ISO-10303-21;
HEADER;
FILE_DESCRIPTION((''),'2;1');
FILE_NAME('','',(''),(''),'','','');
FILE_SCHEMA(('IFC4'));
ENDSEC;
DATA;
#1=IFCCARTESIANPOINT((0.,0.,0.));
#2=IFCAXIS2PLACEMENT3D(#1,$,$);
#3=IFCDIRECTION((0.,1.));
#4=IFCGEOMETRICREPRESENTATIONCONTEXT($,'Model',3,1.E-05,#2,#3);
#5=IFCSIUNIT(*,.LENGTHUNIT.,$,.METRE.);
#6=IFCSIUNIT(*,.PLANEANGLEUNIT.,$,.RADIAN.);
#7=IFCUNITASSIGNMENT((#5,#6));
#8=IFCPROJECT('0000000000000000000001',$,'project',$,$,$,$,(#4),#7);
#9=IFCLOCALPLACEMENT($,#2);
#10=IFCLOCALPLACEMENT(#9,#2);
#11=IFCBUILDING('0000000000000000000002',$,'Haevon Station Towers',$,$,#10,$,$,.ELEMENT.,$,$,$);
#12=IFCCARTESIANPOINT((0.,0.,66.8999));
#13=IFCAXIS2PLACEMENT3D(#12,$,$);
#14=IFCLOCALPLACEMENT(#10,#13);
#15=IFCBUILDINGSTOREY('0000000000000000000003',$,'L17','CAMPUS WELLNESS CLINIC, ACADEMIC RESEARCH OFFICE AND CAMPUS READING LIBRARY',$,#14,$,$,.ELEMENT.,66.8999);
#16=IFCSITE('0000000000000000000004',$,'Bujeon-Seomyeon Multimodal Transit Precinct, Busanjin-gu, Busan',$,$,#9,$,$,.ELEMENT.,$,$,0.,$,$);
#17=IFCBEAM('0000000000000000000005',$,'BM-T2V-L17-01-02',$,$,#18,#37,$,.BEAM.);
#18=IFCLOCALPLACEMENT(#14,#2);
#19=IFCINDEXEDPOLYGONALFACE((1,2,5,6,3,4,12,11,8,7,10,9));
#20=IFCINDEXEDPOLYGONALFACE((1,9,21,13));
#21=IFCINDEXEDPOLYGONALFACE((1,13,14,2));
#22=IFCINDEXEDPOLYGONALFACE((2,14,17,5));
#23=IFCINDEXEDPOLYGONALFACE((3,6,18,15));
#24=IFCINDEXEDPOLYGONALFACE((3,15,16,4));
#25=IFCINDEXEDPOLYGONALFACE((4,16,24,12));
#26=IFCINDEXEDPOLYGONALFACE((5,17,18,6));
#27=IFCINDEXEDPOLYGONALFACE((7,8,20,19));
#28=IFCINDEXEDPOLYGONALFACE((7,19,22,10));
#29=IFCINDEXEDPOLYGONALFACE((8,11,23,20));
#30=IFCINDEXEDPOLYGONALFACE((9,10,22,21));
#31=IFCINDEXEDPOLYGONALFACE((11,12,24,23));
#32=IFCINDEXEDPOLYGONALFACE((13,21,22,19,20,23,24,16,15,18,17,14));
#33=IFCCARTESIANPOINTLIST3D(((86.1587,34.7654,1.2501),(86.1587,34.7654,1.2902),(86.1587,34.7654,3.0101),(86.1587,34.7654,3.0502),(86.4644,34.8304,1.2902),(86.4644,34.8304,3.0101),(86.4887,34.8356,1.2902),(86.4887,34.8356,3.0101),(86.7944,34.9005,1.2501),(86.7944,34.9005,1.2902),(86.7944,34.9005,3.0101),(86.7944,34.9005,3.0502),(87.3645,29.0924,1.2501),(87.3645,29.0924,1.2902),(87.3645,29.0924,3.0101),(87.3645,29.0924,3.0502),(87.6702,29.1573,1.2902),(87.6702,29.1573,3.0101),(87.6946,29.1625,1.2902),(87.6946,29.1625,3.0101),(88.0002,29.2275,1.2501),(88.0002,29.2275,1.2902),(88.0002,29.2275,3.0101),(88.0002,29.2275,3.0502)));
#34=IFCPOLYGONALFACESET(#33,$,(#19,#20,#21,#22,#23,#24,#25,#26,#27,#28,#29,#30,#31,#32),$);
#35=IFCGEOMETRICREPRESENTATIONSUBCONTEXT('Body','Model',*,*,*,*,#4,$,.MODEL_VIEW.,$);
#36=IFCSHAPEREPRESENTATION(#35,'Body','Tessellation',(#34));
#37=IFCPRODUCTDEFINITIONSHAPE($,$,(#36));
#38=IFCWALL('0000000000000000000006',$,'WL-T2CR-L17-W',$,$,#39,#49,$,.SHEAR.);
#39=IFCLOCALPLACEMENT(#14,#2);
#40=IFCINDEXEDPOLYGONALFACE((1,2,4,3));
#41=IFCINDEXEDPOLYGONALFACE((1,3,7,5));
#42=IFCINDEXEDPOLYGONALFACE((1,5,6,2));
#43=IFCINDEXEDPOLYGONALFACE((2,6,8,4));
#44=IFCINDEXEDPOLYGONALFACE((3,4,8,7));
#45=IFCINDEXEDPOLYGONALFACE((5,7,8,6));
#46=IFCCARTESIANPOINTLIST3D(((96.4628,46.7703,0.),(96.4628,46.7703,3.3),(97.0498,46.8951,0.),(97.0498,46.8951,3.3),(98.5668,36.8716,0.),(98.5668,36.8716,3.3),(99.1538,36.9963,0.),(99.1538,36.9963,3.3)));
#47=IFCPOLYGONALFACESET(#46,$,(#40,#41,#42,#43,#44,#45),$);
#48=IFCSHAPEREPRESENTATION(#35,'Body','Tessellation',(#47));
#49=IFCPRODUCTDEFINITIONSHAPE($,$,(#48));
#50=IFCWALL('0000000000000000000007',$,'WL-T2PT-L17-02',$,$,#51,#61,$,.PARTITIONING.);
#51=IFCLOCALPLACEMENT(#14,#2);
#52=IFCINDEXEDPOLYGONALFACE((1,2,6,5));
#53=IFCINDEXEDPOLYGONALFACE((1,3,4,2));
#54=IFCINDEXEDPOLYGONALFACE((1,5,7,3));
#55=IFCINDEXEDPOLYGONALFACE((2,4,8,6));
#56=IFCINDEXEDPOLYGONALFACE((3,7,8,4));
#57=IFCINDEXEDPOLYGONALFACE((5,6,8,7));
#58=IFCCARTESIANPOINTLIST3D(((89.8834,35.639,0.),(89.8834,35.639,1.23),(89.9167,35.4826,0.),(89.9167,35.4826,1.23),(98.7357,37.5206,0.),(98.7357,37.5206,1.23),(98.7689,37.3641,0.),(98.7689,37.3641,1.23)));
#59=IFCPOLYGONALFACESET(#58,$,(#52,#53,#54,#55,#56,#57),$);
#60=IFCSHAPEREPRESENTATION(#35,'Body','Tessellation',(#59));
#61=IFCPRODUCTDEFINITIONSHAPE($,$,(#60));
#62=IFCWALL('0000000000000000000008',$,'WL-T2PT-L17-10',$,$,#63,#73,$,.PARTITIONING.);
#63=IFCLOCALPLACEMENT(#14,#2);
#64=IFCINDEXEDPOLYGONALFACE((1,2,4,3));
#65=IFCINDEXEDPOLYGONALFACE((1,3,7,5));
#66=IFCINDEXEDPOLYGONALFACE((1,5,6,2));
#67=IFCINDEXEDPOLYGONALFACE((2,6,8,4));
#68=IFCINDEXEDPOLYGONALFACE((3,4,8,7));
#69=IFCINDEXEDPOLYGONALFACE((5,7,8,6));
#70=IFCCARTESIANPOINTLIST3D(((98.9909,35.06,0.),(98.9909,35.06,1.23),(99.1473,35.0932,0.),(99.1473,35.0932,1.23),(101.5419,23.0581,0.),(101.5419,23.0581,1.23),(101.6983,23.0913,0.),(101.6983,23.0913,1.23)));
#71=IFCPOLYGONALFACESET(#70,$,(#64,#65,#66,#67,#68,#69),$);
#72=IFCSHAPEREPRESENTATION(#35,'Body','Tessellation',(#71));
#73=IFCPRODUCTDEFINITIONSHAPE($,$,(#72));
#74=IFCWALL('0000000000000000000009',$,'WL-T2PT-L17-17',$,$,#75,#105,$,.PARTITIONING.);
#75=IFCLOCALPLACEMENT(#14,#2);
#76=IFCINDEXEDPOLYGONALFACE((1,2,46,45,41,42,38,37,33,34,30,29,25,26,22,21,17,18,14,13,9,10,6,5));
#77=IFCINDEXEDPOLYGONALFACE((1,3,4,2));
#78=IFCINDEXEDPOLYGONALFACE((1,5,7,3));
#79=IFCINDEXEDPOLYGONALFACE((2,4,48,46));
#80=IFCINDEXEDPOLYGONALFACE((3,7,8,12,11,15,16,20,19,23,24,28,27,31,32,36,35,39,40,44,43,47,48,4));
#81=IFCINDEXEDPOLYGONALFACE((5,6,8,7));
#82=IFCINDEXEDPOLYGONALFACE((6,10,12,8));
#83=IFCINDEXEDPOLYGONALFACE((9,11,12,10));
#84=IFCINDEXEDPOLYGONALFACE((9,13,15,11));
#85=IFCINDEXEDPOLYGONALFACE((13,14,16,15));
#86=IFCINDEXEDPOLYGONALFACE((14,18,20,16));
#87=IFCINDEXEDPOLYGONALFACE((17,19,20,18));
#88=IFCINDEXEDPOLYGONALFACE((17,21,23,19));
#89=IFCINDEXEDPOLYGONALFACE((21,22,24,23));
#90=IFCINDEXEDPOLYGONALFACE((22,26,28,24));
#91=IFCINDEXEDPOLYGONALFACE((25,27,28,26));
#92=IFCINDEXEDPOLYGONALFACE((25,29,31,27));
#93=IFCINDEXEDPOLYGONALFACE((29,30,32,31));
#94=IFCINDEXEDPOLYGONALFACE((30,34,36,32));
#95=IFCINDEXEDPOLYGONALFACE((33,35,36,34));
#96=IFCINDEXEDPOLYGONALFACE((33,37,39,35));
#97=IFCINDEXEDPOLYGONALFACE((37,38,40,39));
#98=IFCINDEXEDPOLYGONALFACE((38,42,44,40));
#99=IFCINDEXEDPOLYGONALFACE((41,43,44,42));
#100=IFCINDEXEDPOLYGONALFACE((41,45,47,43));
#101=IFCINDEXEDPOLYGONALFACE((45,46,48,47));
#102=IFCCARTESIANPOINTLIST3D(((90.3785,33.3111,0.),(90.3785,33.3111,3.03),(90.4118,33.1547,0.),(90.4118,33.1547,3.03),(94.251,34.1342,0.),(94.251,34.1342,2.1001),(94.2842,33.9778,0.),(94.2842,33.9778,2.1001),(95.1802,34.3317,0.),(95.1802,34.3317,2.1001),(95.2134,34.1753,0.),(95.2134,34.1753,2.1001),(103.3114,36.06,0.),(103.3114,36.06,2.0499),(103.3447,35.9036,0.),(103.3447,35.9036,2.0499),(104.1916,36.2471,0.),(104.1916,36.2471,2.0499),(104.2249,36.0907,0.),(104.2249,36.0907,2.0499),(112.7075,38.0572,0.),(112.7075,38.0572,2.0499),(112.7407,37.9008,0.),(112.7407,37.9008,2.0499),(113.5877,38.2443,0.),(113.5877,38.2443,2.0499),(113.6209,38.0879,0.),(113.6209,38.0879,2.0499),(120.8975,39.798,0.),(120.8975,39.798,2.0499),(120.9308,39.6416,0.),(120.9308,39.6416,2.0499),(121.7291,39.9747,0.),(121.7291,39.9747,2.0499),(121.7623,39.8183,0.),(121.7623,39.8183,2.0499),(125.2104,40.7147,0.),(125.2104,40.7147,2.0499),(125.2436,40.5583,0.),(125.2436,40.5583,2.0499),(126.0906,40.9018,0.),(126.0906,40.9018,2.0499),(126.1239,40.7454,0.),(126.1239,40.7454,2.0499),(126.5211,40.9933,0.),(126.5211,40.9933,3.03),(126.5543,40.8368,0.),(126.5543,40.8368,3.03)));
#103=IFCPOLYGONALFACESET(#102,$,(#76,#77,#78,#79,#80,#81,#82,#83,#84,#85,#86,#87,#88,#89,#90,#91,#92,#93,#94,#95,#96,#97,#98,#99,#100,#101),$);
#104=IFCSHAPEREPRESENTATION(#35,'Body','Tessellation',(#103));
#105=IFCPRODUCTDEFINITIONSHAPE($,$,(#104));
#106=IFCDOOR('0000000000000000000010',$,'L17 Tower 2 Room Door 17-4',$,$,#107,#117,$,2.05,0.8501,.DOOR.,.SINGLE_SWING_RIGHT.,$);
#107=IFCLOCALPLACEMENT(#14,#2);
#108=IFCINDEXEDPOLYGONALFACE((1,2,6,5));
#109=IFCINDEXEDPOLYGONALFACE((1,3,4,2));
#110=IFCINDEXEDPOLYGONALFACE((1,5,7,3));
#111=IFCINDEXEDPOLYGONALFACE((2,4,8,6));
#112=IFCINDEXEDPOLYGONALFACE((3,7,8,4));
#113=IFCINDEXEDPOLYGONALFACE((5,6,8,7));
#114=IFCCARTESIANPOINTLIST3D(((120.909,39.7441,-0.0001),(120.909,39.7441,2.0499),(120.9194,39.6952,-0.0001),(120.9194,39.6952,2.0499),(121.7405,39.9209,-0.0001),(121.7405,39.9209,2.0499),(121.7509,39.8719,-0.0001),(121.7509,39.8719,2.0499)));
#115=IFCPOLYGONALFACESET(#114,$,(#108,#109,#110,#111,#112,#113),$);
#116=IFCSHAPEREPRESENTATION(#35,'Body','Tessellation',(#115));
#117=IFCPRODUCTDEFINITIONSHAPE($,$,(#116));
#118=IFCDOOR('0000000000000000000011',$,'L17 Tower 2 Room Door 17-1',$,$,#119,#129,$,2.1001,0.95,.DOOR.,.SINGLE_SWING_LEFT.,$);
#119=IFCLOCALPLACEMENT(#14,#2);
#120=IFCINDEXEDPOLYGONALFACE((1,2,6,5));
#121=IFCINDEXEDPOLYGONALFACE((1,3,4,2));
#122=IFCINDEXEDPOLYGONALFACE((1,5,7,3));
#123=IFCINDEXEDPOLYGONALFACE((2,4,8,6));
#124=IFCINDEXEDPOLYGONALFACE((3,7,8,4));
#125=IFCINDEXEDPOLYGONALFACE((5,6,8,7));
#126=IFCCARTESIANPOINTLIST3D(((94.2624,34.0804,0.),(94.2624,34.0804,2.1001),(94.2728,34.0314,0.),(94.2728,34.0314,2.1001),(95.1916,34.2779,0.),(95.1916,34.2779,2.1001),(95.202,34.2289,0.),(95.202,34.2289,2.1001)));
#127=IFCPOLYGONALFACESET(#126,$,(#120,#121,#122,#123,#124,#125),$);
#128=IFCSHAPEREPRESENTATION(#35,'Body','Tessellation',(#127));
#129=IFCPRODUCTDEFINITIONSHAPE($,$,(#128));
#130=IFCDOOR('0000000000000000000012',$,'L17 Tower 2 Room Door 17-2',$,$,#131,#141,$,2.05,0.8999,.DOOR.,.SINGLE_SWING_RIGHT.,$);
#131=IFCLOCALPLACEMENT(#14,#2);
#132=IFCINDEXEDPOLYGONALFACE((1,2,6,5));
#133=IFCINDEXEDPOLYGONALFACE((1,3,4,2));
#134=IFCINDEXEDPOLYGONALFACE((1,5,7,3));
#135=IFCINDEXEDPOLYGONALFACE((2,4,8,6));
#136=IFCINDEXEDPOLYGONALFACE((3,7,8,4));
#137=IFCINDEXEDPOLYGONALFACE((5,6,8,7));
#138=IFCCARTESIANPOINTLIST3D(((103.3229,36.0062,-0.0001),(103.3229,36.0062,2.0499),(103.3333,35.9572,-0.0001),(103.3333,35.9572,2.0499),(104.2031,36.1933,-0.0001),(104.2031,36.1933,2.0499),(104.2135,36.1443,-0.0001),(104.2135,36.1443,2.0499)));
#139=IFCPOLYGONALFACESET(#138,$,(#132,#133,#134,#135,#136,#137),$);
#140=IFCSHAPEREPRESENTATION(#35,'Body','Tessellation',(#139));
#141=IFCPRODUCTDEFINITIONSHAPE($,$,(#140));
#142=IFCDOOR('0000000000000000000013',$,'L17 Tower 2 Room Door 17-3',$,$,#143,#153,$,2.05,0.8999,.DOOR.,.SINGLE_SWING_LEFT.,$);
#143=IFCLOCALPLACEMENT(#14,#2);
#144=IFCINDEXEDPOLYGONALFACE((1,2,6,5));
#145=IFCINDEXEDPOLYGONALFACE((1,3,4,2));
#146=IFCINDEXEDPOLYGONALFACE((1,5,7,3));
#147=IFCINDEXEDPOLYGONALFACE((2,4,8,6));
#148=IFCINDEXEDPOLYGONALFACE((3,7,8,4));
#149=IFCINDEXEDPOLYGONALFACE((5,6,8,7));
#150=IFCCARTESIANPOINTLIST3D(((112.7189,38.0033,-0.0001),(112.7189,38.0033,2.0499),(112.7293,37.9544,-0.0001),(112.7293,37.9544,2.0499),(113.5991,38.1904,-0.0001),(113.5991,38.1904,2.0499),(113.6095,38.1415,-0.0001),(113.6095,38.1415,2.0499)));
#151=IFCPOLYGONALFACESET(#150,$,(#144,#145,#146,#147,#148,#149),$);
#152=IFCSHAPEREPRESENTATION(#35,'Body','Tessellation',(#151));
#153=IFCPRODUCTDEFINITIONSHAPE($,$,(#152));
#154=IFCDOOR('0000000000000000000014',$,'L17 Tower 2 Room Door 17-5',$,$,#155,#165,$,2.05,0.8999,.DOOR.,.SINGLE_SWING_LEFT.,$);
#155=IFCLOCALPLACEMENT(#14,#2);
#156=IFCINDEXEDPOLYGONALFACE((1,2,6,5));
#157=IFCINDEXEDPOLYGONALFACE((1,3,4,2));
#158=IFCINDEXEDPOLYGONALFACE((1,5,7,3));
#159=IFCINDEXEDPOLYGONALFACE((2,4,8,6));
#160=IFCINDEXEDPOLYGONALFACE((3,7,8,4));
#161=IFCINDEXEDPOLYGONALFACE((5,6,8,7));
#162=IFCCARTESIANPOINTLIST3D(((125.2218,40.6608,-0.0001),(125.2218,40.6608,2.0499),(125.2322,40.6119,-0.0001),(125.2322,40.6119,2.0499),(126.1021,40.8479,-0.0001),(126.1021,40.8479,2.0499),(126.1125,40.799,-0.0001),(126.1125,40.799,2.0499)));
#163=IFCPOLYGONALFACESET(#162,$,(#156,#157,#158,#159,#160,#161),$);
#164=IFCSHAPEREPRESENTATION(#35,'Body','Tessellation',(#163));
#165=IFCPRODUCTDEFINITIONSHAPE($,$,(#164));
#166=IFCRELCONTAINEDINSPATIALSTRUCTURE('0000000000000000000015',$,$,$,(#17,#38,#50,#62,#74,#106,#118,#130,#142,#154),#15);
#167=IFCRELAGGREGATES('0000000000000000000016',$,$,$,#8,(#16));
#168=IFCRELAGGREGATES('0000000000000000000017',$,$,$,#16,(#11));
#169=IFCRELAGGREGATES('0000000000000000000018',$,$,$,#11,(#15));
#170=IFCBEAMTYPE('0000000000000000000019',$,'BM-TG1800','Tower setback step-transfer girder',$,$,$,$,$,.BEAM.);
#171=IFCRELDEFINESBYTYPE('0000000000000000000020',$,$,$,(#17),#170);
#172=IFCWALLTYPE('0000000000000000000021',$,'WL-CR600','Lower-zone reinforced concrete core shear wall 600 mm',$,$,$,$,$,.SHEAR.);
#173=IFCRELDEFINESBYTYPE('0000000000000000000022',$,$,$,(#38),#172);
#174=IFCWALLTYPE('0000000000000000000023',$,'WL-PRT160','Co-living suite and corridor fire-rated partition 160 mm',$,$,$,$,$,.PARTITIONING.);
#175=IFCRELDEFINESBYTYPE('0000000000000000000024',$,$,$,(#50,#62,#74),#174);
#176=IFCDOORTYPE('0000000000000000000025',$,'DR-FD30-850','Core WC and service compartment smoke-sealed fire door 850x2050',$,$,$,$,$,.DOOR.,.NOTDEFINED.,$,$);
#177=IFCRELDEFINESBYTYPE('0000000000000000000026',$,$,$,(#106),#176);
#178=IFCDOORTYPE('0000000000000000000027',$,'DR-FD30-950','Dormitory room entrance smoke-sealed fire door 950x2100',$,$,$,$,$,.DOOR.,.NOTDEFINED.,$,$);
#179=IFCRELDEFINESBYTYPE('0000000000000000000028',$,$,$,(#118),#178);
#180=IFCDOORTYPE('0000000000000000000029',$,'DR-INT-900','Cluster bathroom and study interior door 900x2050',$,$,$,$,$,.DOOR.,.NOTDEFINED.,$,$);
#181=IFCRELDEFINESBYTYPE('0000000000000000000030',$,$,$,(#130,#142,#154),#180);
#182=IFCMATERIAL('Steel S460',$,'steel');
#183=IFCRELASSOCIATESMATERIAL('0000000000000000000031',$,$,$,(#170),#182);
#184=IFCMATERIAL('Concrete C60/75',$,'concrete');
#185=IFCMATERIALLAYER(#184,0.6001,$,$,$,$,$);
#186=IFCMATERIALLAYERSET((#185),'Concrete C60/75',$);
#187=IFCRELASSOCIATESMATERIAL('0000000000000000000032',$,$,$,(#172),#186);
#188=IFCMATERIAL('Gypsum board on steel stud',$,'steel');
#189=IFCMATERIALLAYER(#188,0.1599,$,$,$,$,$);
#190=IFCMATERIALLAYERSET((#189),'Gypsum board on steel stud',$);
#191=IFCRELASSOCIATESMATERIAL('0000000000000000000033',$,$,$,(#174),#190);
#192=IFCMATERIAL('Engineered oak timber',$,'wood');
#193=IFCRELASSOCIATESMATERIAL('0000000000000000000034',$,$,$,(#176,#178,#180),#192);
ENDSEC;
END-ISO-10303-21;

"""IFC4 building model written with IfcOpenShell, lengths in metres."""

from ifc_helpers import new_model, si_unit, direction, frame, frame_2d, origin, origin_2d, place, context, subcontext, project, spatial, rectangle, i_section, extrude, material, layer, layer_set, material_profile, profile_set, type_object, element, fill, save


model = new_model("IFC4")

# Units and contexts
model_context = context("Model", 3, precision=1e-05, world=origin(), true_north=direction((0.0, 1.0)))
body_context = subcontext(model_context, "Body", "Model", "MODEL_VIEW")
ifc_project = project(units=[si_unit("LENGTHUNIT", "METRE"), si_unit("PLANEANGLEUNIT", "RADIAN")], contexts=[model_context])

# Site, building, storey
site_placement = place(None, origin())
site = spatial("IfcSite", under=ifc_project, at=site_placement, Name="Bujeon-Seomyeon Multimodal Transit Precinct, Busanjin-gu, Busan", CompositionType="ELEMENT", RefElevation=0.0)
building_placement = place(site_placement, origin())
building = spatial("IfcBuilding", under=site, at=building_placement, Name="Haevon Station Towers", CompositionType="ELEMENT")
storey_placement = place(building_placement, frame((0.0, 0.0, 66.8999)))
storey = spatial("IfcBuildingStorey", under=building, at=storey_placement, Name="L17", Description="CAMPUS WELLNESS CLINIC, ACADEMIC RESEARCH OFFICE AND CAMPUS READING LIBRARY", CompositionType="ELEMENT", Elevation=66.8999)

# Shared definitions
ifc_material_1 = material(Name="Steel S460", Category="steel")

# Beam
ifc_material_profile_1 = material_profile(ifc_material_1, i_section(OverallWidth=0.6499, OverallDepth=1.8, WebThickness=0.0249, FlangeThickness=0.04, at=origin_2d()), Name="H-1800x650x25x40")
ifc_profile_set_1 = profile_set([ifc_material_profile_1], Name="Steel S460")
beam_type_1 = type_object("IfcBeamType", Name="BM-TG1800", Description="Tower setback step-transfer girder", PredefinedType="BEAM", material=ifc_profile_set_1)
beam_1_placement = place(storey_placement, frame((87.6824, 29.1599, 2.1501), z_axis=(-0.207905, 0.978149, 0.0), x_axis=(-0.978149, -0.207905, 0.0)))
element("IfcBeam", 1, at=beam_1_placement, inside=storey, type_object=beam_type_1, Name="BM-T2V-L17-01-02", PredefinedType="BEAM", context=body_context, shape_type="SweptSolid", body=[
    extrude(i_section(OverallWidth=0.6499, OverallDepth=1.8, WebThickness=0.0249, FlangeThickness=0.04, at=origin_2d()), origin(), (0.0, 0.0, 1.0), 5.7998),
])

# Walls
ifc_material_2 = material(Name="Concrete C60/75", Category="concrete")
ifc_layer_1 = layer(ifc_material_2, 0.6001)
ifc_layer_set_1 = layer_set([ifc_layer_1], Name="Concrete C60/75")
wall_type_1 = type_object("IfcWallType", Name="WL-CR600", Description="Lower-zone reinforced concrete core shear wall 600 mm", PredefinedType="SHEAR", material=ifc_layer_set_1)
wall_1_placement = place(storey_placement, frame((98.8604, 36.9338, 0.0), z_axis=(0.0, 0.0, 1.0), x_axis=(-0.207909, 0.978148, 0.0)))
element("IfcWall", 2, at=wall_1_placement, inside=storey, type_object=wall_type_1, Name="WL-T2CR-L17-W", PredefinedType="SHEAR", context=body_context, shape_type="SweptSolid", body=[
    extrude(rectangle(XDim=10.1199, YDim=0.6001, at=frame_2d((5.0601, 0.0))), origin(), (0.0, 0.0, 1.0), 3.3),
])
ifc_material_3 = material(Name="Gypsum board on steel stud", Category="steel")
ifc_layer_2 = layer(ifc_material_3, 0.1599)
ifc_layer_set_2 = layer_set([ifc_layer_2], Name="Gypsum board on steel stud")
wall_type_2 = type_object("IfcWallType", Name="WL-PRT160", Description="Co-living suite and corridor fire-rated partition 160 mm", PredefinedType="PARTITIONING", material=ifc_layer_set_2)
wall_2_placement = place(storey_placement, frame((89.9001, 35.5608, 0.0), z_axis=(0.0, 0.0, 1.0), x_axis=(0.978148, 0.207909, 0.0)))
element("IfcWall", 3, at=wall_2_placement, inside=storey, type_object=wall_type_2, Name="WL-T2PT-L17-02", PredefinedType="PARTITIONING", context=body_context, shape_type="SweptSolid", body=[
    extrude(rectangle(XDim=9.05, YDim=0.1599, at=frame_2d((4.5249, 0.0))), origin(), (0.0, 0.0, 1.0), 1.23),
])
wall_3_placement = place(storey_placement, frame((101.6201, 23.0747, 0.0), z_axis=(0.0, 0.0, 1.0), x_axis=(-0.207906, 0.978149, 0.0)))
element("IfcWall", 4, at=wall_3_placement, inside=storey, type_object=wall_type_2, Name="WL-T2PT-L17-10", PredefinedType="PARTITIONING", context=body_context, shape_type="SweptSolid", body=[
    extrude(rectangle(XDim=12.27, YDim=0.1599, at=frame_2d((6.135, 0.0))), origin(), (0.0, 0.0, 1.0), 1.23),
])

# Wall, openings, doors
wall_4_placement = place(storey_placement, frame((90.395, 33.2329, 0.0), z_axis=(0.0, 0.0, 1.0), x_axis=(0.978149, 0.207906, 0.0)))
wall_4 = element("IfcWall", 5, at=wall_4_placement, inside=storey, type_object=wall_type_2, Name="WL-T2PT-L17-17", PredefinedType="PARTITIONING", context=body_context, shape_type="SweptSolid", body=[
    extrude(rectangle(XDim=36.95, YDim=0.1599, at=frame_2d((18.4751, 0.0))), origin(), (0.0, 0.0, 1.0), 3.03),
])
opening_1_placement = place(wall_4_placement, frame((3.959, 0.0, 0.0)))
opening_1 = element("IfcOpeningElement", 6, at=opening_1_placement, cuts=wall_4, PredefinedType="OPENING", context=body_context, shape_type="SweptSolid", body=[
    extrude(rectangle(XDim=0.95, YDim=2.1001, at=frame_2d((0.4751, 1.05))), frame((0.0, 0.0898, 0.0), z_axis=(0.0, -1.0, 0.0), x_axis=(1.0, 0.0, 0.0)), (0.0, 0.0, 1.0), 0.1799),
])
opening_2_placement = place(wall_4_placement, frame((13.2219, 0.0, 0.0)))
opening_2 = element("IfcOpeningElement", 7, at=opening_2_placement, cuts=wall_4, PredefinedType="OPENING", context=body_context, shape_type="SweptSolid", body=[
    extrude(rectangle(XDim=0.8999, YDim=2.05, at=frame_2d((0.45, 1.0249))), frame((0.0, 0.0898, 0.0), z_axis=(0.0, -1.0, 0.0), x_axis=(1.0, 0.0, 0.0)), (0.0, 0.0, 1.0), 0.1799),
])
opening_3_placement = place(wall_4_placement, frame((22.8279, 0.0, 0.0)))
opening_3 = element("IfcOpeningElement", 8, at=opening_3_placement, cuts=wall_4, PredefinedType="OPENING", context=body_context, shape_type="SweptSolid", body=[
    extrude(rectangle(XDim=0.8999, YDim=2.05, at=frame_2d((0.45, 1.0249))), frame((0.0, 0.0898, 0.0), z_axis=(0.0, -1.0, 0.0), x_axis=(1.0, 0.0, 0.0)), (0.0, 0.0, 1.0), 0.1799),
])
opening_4_placement = place(wall_4_placement, frame((31.2009, 0.0, 0.0)))
opening_4 = element("IfcOpeningElement", 9, at=opening_4_placement, cuts=wall_4, PredefinedType="OPENING", context=body_context, shape_type="SweptSolid", body=[
    extrude(rectangle(XDim=0.8501, YDim=2.05, at=frame_2d((0.425, 1.0249))), frame((0.0, 0.0898, 0.0), z_axis=(0.0, -1.0, 0.0), x_axis=(1.0, 0.0, 0.0)), (0.0, 0.0, 1.0), 0.1799),
])
opening_5_placement = place(wall_4_placement, frame((35.6101, 0.0, 0.0)))
opening_5 = element("IfcOpeningElement", 10, at=opening_5_placement, cuts=wall_4, PredefinedType="OPENING", context=body_context, shape_type="SweptSolid", body=[
    extrude(rectangle(XDim=0.8999, YDim=2.05, at=frame_2d((0.45, 1.0249))), frame((0.0, 0.0898, 0.0), z_axis=(0.0, -1.0, 0.0), x_axis=(1.0, 0.0, 0.0)), (0.0, 0.0, 1.0), 0.1799),
])
ifc_material_4 = material(Name="Engineered oak timber", Category="wood")
door_type_1 = type_object("IfcDoorType", Name="DR-FD30-850", Description="Core WC and service compartment smoke-sealed fire door 850x2050", OperationType="NOTDEFINED", PredefinedType="DOOR", material=ifc_material_4)
door_1_placement = place(opening_4_placement, origin())
door_1 = element("IfcDoor", 11, at=door_1_placement, inside=storey, type_object=door_type_1, Name="L17 Tower 2 Room Door 17-4", OperationType="SINGLE_SWING_RIGHT", OverallHeight=2.05, OverallWidth=0.8501, PredefinedType="DOOR", context=body_context, shape_type="SweptSolid", body=[
    extrude(rectangle(XDim=0.8501, YDim=2.05, at=frame_2d((0.425, 1.0249))), frame((0.0, 0.0249, 0.0), z_axis=(0.0, -1.0, 0.0), x_axis=(1.0, 0.0, 0.0)), (0.0, 0.0, 1.0), 0.05),
])
fill(opening_4, door_1)
door_type_2 = type_object("IfcDoorType", Name="DR-FD30-950", Description="Dormitory room entrance smoke-sealed fire door 950x2100", OperationType="NOTDEFINED", PredefinedType="DOOR", material=ifc_material_4)
door_2_placement = place(opening_1_placement, origin())
door_2 = element("IfcDoor", 12, at=door_2_placement, inside=storey, type_object=door_type_2, Name="L17 Tower 2 Room Door 17-1", OperationType="SINGLE_SWING_LEFT", OverallHeight=2.1001, OverallWidth=0.95, PredefinedType="DOOR", context=body_context, shape_type="SweptSolid", body=[
    extrude(rectangle(XDim=0.95, YDim=2.1001, at=frame_2d((0.4751, 1.05))), frame((0.0, 0.0249, 0.0), z_axis=(0.0, -1.0, 0.0), x_axis=(1.0, 0.0, 0.0)), (0.0, 0.0, 1.0), 0.05),
])
fill(opening_1, door_2)
door_type_3 = type_object("IfcDoorType", Name="DR-INT-900", Description="Cluster bathroom and study interior door 900x2050", OperationType="NOTDEFINED", PredefinedType="DOOR", material=ifc_material_4)
door_3_placement = place(opening_2_placement, origin())
door_3 = element("IfcDoor", 13, at=door_3_placement, inside=storey, type_object=door_type_3, Name="L17 Tower 2 Room Door 17-2", OperationType="SINGLE_SWING_RIGHT", OverallHeight=2.05, OverallWidth=0.8999, PredefinedType="DOOR", context=body_context, shape_type="SweptSolid", body=[
    extrude(rectangle(XDim=0.8999, YDim=2.05, at=frame_2d((0.45, 1.0249))), frame((0.0, 0.0249, 0.0), z_axis=(0.0, -1.0, 0.0), x_axis=(1.0, 0.0, 0.0)), (0.0, 0.0, 1.0), 0.05),
])
fill(opening_2, door_3)
door_4_placement = place(opening_3_placement, origin())
door_4 = element("IfcDoor", 14, at=door_4_placement, inside=storey, type_object=door_type_3, Name="L17 Tower 2 Room Door 17-3", OperationType="SINGLE_SWING_LEFT", OverallHeight=2.05, OverallWidth=0.8999, PredefinedType="DOOR", context=body_context, shape_type="SweptSolid", body=[
    extrude(rectangle(XDim=0.8999, YDim=2.05, at=frame_2d((0.45, 1.0249))), frame((0.0, 0.0249, 0.0), z_axis=(0.0, -1.0, 0.0), x_axis=(1.0, 0.0, 0.0)), (0.0, 0.0, 1.0), 0.05),
])
fill(opening_3, door_4)
door_5_placement = place(opening_5_placement, origin())
door_5 = element("IfcDoor", 15, at=door_5_placement, inside=storey, type_object=door_type_3, Name="L17 Tower 2 Room Door 17-5", OperationType="SINGLE_SWING_LEFT", OverallHeight=2.05, OverallWidth=0.8999, PredefinedType="DOOR", context=body_context, shape_type="SweptSolid", body=[
    extrude(rectangle(XDim=0.8999, YDim=2.05, at=frame_2d((0.45, 1.0249))), frame((0.0, 0.0249, 0.0), z_axis=(0.0, -1.0, 0.0), x_axis=(1.0, 0.0, 0.0)), (0.0, 0.0, 1.0), 0.05),
])
fill(opening_5, door_5)

save(model, "model.ifc")
